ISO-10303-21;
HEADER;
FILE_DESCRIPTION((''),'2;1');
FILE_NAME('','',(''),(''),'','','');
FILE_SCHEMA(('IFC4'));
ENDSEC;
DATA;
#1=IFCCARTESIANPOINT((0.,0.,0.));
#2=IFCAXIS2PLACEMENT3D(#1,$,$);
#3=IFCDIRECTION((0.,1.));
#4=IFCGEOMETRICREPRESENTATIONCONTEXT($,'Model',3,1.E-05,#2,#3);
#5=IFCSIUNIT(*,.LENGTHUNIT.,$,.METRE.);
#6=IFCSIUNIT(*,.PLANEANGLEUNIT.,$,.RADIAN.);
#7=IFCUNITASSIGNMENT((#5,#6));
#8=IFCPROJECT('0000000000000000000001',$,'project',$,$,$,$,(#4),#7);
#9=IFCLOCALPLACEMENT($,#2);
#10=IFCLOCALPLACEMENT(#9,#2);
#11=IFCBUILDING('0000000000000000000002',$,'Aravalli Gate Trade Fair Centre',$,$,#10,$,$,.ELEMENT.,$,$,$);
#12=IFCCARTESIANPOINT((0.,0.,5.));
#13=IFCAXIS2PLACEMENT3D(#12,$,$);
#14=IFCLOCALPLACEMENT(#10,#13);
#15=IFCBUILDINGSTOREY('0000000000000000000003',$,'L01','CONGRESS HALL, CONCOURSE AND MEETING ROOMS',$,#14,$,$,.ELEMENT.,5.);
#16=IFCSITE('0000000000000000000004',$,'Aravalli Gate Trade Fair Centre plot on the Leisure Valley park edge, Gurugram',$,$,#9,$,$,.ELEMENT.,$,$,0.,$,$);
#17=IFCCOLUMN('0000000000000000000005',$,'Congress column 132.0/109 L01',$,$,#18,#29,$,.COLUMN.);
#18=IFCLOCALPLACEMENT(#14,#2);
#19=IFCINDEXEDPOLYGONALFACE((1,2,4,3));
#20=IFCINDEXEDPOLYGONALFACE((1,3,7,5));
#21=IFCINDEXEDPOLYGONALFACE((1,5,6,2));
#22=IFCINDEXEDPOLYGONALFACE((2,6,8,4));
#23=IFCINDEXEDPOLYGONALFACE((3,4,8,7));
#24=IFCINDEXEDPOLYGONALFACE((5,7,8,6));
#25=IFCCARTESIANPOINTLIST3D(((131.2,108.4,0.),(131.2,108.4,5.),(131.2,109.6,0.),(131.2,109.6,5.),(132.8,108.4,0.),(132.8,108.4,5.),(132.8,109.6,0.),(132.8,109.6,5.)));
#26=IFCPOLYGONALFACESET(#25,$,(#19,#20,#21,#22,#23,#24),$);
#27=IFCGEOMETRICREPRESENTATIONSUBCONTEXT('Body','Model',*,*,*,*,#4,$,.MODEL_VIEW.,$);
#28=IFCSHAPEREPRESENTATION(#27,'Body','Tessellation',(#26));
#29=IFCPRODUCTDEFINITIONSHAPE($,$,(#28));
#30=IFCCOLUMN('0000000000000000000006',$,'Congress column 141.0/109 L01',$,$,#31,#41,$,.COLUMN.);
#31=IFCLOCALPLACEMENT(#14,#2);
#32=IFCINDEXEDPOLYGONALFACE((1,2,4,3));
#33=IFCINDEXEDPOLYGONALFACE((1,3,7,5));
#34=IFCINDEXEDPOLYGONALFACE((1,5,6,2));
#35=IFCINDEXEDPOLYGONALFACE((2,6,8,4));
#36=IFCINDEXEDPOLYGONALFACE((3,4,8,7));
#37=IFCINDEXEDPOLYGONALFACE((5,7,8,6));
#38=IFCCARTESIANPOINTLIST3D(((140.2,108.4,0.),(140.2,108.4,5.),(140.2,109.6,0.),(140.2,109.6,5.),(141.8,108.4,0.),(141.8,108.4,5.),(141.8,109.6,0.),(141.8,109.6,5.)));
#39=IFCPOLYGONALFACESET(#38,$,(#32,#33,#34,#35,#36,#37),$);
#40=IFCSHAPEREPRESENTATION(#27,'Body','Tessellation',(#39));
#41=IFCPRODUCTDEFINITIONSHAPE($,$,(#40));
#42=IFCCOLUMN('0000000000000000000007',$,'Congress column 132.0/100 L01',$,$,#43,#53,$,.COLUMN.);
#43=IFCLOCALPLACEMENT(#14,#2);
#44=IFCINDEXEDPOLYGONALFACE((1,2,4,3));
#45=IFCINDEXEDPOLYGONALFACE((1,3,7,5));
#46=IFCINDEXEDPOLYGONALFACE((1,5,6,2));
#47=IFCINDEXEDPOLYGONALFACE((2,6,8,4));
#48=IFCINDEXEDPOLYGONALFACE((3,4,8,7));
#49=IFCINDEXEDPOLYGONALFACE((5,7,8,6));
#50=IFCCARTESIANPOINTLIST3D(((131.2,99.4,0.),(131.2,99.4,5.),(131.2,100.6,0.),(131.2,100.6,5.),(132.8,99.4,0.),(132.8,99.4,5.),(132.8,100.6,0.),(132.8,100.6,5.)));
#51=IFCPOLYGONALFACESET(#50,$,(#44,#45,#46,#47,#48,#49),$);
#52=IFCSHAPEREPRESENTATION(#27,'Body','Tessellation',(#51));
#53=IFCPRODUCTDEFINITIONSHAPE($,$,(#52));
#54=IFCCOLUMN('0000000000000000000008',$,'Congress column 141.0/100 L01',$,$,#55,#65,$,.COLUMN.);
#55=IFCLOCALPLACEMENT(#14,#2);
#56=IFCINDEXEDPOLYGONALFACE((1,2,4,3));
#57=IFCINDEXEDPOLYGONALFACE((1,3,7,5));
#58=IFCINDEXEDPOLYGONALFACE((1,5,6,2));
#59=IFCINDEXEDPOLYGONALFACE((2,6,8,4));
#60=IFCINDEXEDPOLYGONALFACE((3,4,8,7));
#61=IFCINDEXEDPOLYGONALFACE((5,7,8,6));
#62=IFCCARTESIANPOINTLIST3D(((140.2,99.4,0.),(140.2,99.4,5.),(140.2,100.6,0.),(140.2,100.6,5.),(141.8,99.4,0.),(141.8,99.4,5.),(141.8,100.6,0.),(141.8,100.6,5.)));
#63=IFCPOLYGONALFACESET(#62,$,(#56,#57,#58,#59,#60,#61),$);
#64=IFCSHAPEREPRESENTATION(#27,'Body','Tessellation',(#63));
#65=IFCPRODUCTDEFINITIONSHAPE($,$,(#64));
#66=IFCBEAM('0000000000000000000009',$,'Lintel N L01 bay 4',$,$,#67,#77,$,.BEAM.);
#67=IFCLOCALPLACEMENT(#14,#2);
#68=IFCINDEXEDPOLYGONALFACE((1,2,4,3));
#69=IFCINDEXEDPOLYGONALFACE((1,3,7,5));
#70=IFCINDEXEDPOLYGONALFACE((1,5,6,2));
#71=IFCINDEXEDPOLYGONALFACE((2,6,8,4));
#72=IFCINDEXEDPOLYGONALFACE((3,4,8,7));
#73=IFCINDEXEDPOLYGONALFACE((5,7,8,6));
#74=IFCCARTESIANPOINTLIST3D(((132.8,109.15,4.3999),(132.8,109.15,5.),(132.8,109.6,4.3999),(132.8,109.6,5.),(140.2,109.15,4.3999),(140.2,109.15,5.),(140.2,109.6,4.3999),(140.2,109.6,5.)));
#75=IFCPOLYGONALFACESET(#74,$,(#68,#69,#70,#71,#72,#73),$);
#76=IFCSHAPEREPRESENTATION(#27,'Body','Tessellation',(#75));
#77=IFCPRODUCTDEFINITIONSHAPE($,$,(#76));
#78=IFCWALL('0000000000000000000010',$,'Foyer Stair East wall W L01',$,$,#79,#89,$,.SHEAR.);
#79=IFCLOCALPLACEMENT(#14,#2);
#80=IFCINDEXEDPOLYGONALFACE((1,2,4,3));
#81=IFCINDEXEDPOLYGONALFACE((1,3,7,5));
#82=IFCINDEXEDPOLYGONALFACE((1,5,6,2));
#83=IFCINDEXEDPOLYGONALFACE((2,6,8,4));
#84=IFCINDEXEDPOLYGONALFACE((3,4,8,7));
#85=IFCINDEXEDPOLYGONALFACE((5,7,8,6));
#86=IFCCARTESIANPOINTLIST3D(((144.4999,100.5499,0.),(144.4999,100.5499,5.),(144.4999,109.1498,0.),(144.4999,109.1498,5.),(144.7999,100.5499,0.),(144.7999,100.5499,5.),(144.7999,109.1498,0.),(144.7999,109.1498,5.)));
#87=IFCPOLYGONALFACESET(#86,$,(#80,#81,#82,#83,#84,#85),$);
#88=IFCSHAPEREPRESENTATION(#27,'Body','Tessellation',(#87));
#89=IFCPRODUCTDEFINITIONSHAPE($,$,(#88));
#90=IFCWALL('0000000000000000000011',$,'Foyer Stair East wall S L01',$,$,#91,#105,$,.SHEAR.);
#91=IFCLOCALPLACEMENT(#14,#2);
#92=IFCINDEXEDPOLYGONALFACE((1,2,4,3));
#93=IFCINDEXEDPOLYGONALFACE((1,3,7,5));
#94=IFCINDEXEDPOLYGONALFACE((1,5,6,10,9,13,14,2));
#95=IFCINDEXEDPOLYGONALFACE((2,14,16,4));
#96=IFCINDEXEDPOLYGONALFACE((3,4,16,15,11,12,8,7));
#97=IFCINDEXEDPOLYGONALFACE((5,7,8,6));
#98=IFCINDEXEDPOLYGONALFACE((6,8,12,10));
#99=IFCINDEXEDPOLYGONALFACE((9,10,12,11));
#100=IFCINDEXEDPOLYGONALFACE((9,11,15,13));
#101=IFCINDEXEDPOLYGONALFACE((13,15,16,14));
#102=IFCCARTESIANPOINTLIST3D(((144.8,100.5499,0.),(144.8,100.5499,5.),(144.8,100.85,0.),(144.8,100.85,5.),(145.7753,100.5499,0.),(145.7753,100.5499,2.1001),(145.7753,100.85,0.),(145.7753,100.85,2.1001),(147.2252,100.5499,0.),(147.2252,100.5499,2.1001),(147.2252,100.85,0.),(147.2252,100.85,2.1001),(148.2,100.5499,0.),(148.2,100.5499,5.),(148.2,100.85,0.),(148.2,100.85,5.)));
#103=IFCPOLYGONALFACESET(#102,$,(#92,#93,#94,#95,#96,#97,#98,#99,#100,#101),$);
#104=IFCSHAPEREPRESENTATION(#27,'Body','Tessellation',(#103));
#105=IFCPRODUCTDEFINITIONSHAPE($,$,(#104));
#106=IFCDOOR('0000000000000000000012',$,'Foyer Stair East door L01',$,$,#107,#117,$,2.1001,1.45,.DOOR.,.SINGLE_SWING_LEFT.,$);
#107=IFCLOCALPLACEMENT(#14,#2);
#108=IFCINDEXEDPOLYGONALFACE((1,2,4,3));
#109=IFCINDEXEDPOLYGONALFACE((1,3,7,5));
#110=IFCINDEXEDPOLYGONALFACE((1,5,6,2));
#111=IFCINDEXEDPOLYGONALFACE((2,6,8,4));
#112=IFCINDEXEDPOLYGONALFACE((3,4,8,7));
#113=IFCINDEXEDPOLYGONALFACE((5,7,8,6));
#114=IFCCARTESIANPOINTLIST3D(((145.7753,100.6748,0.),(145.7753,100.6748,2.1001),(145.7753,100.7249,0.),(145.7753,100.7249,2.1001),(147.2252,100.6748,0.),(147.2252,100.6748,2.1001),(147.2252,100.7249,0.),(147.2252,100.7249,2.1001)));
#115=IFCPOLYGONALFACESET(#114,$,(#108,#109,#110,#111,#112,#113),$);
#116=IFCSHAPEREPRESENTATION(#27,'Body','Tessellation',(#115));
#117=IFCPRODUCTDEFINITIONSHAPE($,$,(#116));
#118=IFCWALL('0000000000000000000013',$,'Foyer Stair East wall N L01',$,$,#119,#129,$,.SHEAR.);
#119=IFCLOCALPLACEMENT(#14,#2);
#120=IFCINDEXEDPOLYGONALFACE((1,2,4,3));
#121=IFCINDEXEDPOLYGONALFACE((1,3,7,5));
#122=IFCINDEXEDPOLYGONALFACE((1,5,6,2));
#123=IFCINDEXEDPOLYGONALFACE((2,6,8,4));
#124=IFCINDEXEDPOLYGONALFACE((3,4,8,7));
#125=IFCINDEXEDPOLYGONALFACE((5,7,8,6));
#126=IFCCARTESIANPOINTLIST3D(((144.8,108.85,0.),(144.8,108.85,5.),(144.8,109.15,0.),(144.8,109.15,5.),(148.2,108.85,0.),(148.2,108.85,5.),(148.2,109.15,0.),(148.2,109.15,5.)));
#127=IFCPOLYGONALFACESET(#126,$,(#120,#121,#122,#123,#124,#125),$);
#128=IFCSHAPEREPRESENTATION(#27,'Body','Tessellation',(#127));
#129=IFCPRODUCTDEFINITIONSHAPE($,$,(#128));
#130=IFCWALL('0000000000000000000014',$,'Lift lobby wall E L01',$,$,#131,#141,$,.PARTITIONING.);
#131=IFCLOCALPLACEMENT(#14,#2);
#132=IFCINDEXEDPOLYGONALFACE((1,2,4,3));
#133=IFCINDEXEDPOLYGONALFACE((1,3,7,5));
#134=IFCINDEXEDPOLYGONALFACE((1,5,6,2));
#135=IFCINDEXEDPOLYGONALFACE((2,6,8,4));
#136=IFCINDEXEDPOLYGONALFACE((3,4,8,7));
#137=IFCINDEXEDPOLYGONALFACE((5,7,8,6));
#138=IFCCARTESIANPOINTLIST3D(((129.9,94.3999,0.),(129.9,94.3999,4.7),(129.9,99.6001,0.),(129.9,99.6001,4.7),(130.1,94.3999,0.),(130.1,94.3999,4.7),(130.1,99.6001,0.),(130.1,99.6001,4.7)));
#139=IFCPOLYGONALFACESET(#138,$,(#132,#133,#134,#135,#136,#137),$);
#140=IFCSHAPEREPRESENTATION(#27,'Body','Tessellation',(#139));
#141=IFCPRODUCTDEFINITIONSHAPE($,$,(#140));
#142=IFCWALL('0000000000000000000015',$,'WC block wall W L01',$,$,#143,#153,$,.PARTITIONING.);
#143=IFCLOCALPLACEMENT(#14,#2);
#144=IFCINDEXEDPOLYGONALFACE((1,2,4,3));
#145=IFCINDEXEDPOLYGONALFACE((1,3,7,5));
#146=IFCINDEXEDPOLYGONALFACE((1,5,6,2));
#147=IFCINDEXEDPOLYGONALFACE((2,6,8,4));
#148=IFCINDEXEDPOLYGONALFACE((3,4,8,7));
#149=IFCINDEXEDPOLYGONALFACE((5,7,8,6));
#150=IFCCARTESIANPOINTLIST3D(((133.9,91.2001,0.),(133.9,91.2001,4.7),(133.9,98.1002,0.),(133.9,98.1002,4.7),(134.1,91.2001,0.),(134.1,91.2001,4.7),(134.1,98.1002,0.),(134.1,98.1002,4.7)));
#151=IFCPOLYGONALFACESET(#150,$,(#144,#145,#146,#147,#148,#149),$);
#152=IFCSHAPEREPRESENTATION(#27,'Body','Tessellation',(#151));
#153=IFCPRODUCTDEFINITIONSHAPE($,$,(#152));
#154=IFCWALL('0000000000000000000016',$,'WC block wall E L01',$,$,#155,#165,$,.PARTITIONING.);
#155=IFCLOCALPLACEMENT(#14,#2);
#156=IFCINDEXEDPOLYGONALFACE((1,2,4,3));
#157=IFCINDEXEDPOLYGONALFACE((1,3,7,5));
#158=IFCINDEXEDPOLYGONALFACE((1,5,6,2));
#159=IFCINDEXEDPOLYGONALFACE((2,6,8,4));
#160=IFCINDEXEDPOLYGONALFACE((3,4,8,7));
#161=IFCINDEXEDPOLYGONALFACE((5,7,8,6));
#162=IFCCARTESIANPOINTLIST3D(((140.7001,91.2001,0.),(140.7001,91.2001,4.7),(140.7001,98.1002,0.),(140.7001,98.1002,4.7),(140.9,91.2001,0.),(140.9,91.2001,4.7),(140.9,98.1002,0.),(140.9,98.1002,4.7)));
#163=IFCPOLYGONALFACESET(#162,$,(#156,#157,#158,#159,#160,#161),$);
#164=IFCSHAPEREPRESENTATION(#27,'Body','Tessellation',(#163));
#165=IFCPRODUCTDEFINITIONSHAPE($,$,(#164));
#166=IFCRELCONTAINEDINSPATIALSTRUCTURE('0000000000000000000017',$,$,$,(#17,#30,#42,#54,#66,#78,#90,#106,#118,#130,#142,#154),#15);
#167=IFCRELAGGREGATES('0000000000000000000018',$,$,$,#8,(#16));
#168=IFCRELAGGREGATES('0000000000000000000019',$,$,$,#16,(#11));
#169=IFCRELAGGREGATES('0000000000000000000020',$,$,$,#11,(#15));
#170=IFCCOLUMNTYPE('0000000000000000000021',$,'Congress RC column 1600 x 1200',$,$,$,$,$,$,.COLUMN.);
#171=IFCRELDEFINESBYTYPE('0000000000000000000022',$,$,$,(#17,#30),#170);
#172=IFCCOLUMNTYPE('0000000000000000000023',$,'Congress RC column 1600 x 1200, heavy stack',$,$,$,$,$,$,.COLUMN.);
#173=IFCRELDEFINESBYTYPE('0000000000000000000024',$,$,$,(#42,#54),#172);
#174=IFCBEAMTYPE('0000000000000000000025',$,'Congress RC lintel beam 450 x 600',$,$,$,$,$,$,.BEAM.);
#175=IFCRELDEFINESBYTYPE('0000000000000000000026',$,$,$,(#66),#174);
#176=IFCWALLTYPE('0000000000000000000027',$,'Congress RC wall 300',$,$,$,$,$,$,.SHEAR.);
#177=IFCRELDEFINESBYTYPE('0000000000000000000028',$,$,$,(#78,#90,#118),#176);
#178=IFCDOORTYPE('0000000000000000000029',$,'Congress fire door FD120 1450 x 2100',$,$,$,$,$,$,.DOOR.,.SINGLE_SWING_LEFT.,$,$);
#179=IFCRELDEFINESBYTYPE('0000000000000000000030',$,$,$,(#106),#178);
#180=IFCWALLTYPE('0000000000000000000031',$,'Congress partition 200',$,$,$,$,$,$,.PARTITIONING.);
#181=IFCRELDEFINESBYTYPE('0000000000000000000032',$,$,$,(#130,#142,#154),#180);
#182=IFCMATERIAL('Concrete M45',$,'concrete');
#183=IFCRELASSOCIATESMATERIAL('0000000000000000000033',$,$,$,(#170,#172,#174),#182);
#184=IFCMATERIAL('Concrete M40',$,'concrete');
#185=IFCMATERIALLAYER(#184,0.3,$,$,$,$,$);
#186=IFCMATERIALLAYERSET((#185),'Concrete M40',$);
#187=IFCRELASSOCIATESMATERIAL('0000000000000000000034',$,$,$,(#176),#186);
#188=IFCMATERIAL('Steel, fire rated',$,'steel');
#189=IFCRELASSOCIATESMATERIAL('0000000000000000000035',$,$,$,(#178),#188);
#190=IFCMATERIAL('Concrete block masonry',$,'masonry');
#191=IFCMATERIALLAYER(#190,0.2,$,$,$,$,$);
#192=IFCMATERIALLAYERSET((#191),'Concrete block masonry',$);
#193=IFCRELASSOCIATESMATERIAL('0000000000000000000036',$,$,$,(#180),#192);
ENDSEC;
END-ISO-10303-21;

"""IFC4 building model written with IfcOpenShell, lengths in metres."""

from ifc_helpers import new_model, si_unit, direction, frame, frame_2d, origin, origin_2d, place, context, subcontext, project, spatial, rectangle, extrude, material, layer, layer_set, material_profile, profile_set, type_object, element, fill, save


model = new_model("IFC4")

# Units and contexts
model_context = context("Model", 3, precision=1e-05, world=origin(), true_north=direction((0.0, 1.0)))
body_context = subcontext(model_context, "Body", "Model", "MODEL_VIEW")
ifc_project = project(units=[si_unit("LENGTHUNIT", "METRE"), si_unit("PLANEANGLEUNIT", "RADIAN")], contexts=[model_context])

# Site, building, storey
site_placement = place(None, origin())
site = spatial("IfcSite", under=ifc_project, at=site_placement, Name="Aravalli Gate Trade Fair Centre plot on the Leisure Valley park edge, Gurugram", CompositionType="ELEMENT", RefElevation=0.0)
building_placement = place(site_placement, origin())
building = spatial("IfcBuilding", under=site, at=building_placement, Name="Aravalli Gate Trade Fair Centre", CompositionType="ELEMENT")
storey_placement = place(building_placement, frame((0.0, 0.0, 5.0)))
storey = spatial("IfcBuildingStorey", under=building, at=storey_placement, Name="L01", Description="CONGRESS HALL, CONCOURSE AND MEETING ROOMS", CompositionType="ELEMENT", Elevation=5.0)

# Columns
ifc_material_1 = material(Name="Concrete M45", Category="concrete")
ifc_material_profile_1 = material_profile(ifc_material_1, rectangle(XDim=1.6001, YDim=1.2, at=origin_2d()), Name="RC 1600x1200")
ifc_profile_set_1 = profile_set([ifc_material_profile_1], Name="Concrete M45")
column_type_1 = type_object("IfcColumnType", Name="Congress RC column 1600 x 1200", PredefinedType="COLUMN", material=ifc_profile_set_1)
for number, where, z_axis, x_axis, name in (
    (1, (132.0, 109.0, 0.0), (0.0, 0.0, 1.0), (1.0, 0.0, 0.0), "Congress column 132.0/109 L01"),
    (2, (141.0, 109.0, 0.0), (0.0, 0.0, 1.0), (1.0, 0.0, 0.0), "Congress column 141.0/109 L01"),
):
    element("IfcColumn", number, at=place(storey_placement, frame(where, z_axis=z_axis, x_axis=x_axis)), inside=storey, type_object=column_type_1, Name=name, PredefinedType="COLUMN", context=body_context, shape_type="SweptSolid", body=[
        extrude(rectangle(XDim=1.6001, YDim=1.2, at=origin_2d()), origin(), (0.0, 0.0, 1.0), 5.0),
    ])
ifc_material_profile_2 = material_profile(ifc_material_1, rectangle(XDim=1.6001, YDim=1.2, at=origin_2d()), Name="RC 1600x1200")
ifc_profile_set_2 = profile_set([ifc_material_profile_2], Name="Concrete M45")
column_type_2 = type_object("IfcColumnType", Name="Congress RC column 1600 x 1200, heavy stack", PredefinedType="COLUMN", material=ifc_profile_set_2)
for number, where, z_axis, x_axis, name in (
    (3, (132.0, 100.0, 0.0), (0.0, 0.0, 1.0), (1.0, 0.0, 0.0), "Congress column 132.0/100 L01"),
    (4, (141.0, 100.0, 0.0), (0.0, 0.0, 1.0), (1.0, 0.0, 0.0), "Congress column 141.0/100 L01"),
):
    element("IfcColumn", number, at=place(storey_placement, frame(where, z_axis=z_axis, x_axis=x_axis)), inside=storey, type_object=column_type_2, Name=name, PredefinedType="COLUMN", context=body_context, shape_type="SweptSolid", body=[
        extrude(rectangle(XDim=1.6001, YDim=1.2, at=origin_2d()), origin(), (0.0, 0.0, 1.0), 5.0),
    ])

# Beam
ifc_material_profile_3 = material_profile(ifc_material_1, rectangle(XDim=0.45, YDim=0.6001, at=origin_2d()), Name="RC 450x600")
ifc_profile_set_3 = profile_set([ifc_material_profile_3], Name="Concrete M45")
beam_type = type_object("IfcBeamType", Name="Congress RC lintel beam 450 x 600", PredefinedType="BEAM", material=ifc_profile_set_3)
beam_placement = place(storey_placement, frame((132.8, 109.375, 4.7), z_axis=(1.0, 0.0, 0.0), x_axis=(0.0, 1.0, 0.0)))
element("IfcBeam", 5, at=beam_placement, inside=storey, type_object=beam_type, Name="Lintel N L01 bay 4", PredefinedType="BEAM", context=body_context, shape_type="SweptSolid", body=[
    extrude(rectangle(XDim=0.45, YDim=0.6001, at=origin_2d()), origin(), (0.0, 0.0, 1.0), 7.3999),
])

# Wall
ifc_material_2 = material(Name="Concrete M40", Category="concrete")
ifc_layer_1 = layer(ifc_material_2, 0.3)
ifc_layer_set_1 = layer_set([ifc_layer_1], Name="Concrete M40")
wall_type_1 = type_object("IfcWallType", Name="Congress RC wall 300", PredefinedType="SHEAR", material=ifc_layer_set_1)
wall_1_placement = place(storey_placement, frame((144.6499, 100.55, 0.0), z_axis=(0.0, 0.0, 1.0), x_axis=(0.0, 1.0, 0.0)))
element("IfcWall", 6, at=wall_1_placement, inside=storey, type_object=wall_type_1, Name="Foyer Stair East wall W L01", PredefinedType="SHEAR", context=body_context, shape_type="SweptSolid", body=[
    extrude(rectangle(XDim=8.5999, YDim=0.3, at=frame_2d((4.2998, 0.0))), origin(), (0.0, 0.0, 1.0), 5.0),
])

# Wall, opening, door
wall_2_placement = place(storey_placement, frame((144.8, 100.7, 0.0), z_axis=(0.0, 0.0, 1.0), x_axis=(1.0, 0.0, 0.0)))
wall_2 = element("IfcWall", 7, at=wall_2_placement, inside=storey, type_object=wall_type_1, Name="Foyer Stair East wall S L01", PredefinedType="SHEAR", context=body_context, shape_type="SweptSolid", body=[
    extrude(rectangle(XDim=3.3999, YDim=0.3, at=frame_2d((1.7, 0.0))), origin(), (0.0, 0.0, 1.0), 5.0),
])
opening_1_placement = place(wall_2_placement, frame((0.9751, 0.0, 0.0)))
opening_1 = element("IfcOpeningElement", 8, at=opening_1_placement, cuts=wall_2, PredefinedType="OPENING", context=body_context, shape_type="SweptSolid", body=[
    extrude(rectangle(XDim=1.45, YDim=2.1001, at=frame_2d((0.7251, 1.05))), frame((0.0, 0.1599, 0.0), z_axis=(0.0, -1.0, 0.0), x_axis=(1.0, 0.0, 0.0)), (0.0, 0.0, 1.0), 0.3201),
])
ifc_material_3 = material(Name="Steel, fire rated", Category="steel")
door_type_1 = type_object("IfcDoorType", Name="Congress fire door FD120 1450 x 2100", OperationType="SINGLE_SWING_LEFT", PredefinedType="DOOR", material=ifc_material_3)
door_1_placement = place(opening_1_placement, origin())
door_1 = element("IfcDoor", 9, at=door_1_placement, inside=storey, type_object=door_type_1, Name="Foyer Stair East door L01", OperationType="SINGLE_SWING_LEFT", OverallHeight=2.1001, OverallWidth=1.45, PredefinedType="DOOR", context=body_context, shape_type="SweptSolid", body=[
    extrude(rectangle(XDim=1.45, YDim=2.1001, at=frame_2d((0.7251, 1.05))), frame((0.0, 0.0249, 0.0), z_axis=(0.0, -1.0, 0.0), x_axis=(1.0, 0.0, 0.0)), (0.0, 0.0, 1.0), 0.05),
])
fill(opening_1, door_1)

# Walls
wall_3_placement = place(storey_placement, frame((144.8, 109.0, 0.0), z_axis=(0.0, 0.0, 1.0), x_axis=(1.0, 0.0, 0.0)))
element("IfcWall", 10, at=wall_3_placement, inside=storey, type_object=wall_type_1, Name="Foyer Stair East wall N L01", PredefinedType="SHEAR", context=body_context, shape_type="SweptSolid", body=[
    extrude(rectangle(XDim=3.3999, YDim=0.3, at=frame_2d((1.7, 0.0))), origin(), (0.0, 0.0, 1.0), 5.0),
])
ifc_material_4 = material(Name="Concrete block masonry", Category="masonry")
ifc_layer_2 = layer(ifc_material_4, 0.2)
ifc_layer_set_2 = layer_set([ifc_layer_2], Name="Concrete block masonry")
wall_type_2 = type_object("IfcWallType", Name="Congress partition 200", PredefinedType="PARTITIONING", material=ifc_layer_set_2)
wall_4_placement = place(storey_placement, frame((130.0, 94.3999, 0.0), z_axis=(0.0, 0.0, 1.0), x_axis=(0.0, 1.0, 0.0)))
element("IfcWall", 11, at=wall_4_placement, inside=storey, type_object=wall_type_2, Name="Lift lobby wall E L01", PredefinedType="PARTITIONING", context=body_context, shape_type="SweptSolid", body=[
    extrude(rectangle(XDim=5.2002, YDim=0.2, at=frame_2d((2.6001, 0.0))), origin(), (0.0, 0.0, 1.0), 4.7),
])
for number, where, z_axis, x_axis, name in (
    (12, (134.0, 91.2, 0.0), (0.0, 0.0, 1.0), (0.0, 1.0, 0.0), "WC block wall W L01"),
    (13, (140.8, 91.2, 0.0), (0.0, 0.0, 1.0), (0.0, 1.0, 0.0), "WC block wall E L01"),
):
    element("IfcWall", number, at=place(storey_placement, frame(where, z_axis=z_axis, x_axis=x_axis)), inside=storey, type_object=wall_type_2, Name=name, PredefinedType="PARTITIONING", context=body_context, shape_type="SweptSolid", body=[
        extrude(rectangle(XDim=6.9001, YDim=0.2, at=frame_2d((3.4502, 0.0))), origin(), (0.0, 0.0, 1.0), 4.7),
    ])

save(model, "model.ifc")
